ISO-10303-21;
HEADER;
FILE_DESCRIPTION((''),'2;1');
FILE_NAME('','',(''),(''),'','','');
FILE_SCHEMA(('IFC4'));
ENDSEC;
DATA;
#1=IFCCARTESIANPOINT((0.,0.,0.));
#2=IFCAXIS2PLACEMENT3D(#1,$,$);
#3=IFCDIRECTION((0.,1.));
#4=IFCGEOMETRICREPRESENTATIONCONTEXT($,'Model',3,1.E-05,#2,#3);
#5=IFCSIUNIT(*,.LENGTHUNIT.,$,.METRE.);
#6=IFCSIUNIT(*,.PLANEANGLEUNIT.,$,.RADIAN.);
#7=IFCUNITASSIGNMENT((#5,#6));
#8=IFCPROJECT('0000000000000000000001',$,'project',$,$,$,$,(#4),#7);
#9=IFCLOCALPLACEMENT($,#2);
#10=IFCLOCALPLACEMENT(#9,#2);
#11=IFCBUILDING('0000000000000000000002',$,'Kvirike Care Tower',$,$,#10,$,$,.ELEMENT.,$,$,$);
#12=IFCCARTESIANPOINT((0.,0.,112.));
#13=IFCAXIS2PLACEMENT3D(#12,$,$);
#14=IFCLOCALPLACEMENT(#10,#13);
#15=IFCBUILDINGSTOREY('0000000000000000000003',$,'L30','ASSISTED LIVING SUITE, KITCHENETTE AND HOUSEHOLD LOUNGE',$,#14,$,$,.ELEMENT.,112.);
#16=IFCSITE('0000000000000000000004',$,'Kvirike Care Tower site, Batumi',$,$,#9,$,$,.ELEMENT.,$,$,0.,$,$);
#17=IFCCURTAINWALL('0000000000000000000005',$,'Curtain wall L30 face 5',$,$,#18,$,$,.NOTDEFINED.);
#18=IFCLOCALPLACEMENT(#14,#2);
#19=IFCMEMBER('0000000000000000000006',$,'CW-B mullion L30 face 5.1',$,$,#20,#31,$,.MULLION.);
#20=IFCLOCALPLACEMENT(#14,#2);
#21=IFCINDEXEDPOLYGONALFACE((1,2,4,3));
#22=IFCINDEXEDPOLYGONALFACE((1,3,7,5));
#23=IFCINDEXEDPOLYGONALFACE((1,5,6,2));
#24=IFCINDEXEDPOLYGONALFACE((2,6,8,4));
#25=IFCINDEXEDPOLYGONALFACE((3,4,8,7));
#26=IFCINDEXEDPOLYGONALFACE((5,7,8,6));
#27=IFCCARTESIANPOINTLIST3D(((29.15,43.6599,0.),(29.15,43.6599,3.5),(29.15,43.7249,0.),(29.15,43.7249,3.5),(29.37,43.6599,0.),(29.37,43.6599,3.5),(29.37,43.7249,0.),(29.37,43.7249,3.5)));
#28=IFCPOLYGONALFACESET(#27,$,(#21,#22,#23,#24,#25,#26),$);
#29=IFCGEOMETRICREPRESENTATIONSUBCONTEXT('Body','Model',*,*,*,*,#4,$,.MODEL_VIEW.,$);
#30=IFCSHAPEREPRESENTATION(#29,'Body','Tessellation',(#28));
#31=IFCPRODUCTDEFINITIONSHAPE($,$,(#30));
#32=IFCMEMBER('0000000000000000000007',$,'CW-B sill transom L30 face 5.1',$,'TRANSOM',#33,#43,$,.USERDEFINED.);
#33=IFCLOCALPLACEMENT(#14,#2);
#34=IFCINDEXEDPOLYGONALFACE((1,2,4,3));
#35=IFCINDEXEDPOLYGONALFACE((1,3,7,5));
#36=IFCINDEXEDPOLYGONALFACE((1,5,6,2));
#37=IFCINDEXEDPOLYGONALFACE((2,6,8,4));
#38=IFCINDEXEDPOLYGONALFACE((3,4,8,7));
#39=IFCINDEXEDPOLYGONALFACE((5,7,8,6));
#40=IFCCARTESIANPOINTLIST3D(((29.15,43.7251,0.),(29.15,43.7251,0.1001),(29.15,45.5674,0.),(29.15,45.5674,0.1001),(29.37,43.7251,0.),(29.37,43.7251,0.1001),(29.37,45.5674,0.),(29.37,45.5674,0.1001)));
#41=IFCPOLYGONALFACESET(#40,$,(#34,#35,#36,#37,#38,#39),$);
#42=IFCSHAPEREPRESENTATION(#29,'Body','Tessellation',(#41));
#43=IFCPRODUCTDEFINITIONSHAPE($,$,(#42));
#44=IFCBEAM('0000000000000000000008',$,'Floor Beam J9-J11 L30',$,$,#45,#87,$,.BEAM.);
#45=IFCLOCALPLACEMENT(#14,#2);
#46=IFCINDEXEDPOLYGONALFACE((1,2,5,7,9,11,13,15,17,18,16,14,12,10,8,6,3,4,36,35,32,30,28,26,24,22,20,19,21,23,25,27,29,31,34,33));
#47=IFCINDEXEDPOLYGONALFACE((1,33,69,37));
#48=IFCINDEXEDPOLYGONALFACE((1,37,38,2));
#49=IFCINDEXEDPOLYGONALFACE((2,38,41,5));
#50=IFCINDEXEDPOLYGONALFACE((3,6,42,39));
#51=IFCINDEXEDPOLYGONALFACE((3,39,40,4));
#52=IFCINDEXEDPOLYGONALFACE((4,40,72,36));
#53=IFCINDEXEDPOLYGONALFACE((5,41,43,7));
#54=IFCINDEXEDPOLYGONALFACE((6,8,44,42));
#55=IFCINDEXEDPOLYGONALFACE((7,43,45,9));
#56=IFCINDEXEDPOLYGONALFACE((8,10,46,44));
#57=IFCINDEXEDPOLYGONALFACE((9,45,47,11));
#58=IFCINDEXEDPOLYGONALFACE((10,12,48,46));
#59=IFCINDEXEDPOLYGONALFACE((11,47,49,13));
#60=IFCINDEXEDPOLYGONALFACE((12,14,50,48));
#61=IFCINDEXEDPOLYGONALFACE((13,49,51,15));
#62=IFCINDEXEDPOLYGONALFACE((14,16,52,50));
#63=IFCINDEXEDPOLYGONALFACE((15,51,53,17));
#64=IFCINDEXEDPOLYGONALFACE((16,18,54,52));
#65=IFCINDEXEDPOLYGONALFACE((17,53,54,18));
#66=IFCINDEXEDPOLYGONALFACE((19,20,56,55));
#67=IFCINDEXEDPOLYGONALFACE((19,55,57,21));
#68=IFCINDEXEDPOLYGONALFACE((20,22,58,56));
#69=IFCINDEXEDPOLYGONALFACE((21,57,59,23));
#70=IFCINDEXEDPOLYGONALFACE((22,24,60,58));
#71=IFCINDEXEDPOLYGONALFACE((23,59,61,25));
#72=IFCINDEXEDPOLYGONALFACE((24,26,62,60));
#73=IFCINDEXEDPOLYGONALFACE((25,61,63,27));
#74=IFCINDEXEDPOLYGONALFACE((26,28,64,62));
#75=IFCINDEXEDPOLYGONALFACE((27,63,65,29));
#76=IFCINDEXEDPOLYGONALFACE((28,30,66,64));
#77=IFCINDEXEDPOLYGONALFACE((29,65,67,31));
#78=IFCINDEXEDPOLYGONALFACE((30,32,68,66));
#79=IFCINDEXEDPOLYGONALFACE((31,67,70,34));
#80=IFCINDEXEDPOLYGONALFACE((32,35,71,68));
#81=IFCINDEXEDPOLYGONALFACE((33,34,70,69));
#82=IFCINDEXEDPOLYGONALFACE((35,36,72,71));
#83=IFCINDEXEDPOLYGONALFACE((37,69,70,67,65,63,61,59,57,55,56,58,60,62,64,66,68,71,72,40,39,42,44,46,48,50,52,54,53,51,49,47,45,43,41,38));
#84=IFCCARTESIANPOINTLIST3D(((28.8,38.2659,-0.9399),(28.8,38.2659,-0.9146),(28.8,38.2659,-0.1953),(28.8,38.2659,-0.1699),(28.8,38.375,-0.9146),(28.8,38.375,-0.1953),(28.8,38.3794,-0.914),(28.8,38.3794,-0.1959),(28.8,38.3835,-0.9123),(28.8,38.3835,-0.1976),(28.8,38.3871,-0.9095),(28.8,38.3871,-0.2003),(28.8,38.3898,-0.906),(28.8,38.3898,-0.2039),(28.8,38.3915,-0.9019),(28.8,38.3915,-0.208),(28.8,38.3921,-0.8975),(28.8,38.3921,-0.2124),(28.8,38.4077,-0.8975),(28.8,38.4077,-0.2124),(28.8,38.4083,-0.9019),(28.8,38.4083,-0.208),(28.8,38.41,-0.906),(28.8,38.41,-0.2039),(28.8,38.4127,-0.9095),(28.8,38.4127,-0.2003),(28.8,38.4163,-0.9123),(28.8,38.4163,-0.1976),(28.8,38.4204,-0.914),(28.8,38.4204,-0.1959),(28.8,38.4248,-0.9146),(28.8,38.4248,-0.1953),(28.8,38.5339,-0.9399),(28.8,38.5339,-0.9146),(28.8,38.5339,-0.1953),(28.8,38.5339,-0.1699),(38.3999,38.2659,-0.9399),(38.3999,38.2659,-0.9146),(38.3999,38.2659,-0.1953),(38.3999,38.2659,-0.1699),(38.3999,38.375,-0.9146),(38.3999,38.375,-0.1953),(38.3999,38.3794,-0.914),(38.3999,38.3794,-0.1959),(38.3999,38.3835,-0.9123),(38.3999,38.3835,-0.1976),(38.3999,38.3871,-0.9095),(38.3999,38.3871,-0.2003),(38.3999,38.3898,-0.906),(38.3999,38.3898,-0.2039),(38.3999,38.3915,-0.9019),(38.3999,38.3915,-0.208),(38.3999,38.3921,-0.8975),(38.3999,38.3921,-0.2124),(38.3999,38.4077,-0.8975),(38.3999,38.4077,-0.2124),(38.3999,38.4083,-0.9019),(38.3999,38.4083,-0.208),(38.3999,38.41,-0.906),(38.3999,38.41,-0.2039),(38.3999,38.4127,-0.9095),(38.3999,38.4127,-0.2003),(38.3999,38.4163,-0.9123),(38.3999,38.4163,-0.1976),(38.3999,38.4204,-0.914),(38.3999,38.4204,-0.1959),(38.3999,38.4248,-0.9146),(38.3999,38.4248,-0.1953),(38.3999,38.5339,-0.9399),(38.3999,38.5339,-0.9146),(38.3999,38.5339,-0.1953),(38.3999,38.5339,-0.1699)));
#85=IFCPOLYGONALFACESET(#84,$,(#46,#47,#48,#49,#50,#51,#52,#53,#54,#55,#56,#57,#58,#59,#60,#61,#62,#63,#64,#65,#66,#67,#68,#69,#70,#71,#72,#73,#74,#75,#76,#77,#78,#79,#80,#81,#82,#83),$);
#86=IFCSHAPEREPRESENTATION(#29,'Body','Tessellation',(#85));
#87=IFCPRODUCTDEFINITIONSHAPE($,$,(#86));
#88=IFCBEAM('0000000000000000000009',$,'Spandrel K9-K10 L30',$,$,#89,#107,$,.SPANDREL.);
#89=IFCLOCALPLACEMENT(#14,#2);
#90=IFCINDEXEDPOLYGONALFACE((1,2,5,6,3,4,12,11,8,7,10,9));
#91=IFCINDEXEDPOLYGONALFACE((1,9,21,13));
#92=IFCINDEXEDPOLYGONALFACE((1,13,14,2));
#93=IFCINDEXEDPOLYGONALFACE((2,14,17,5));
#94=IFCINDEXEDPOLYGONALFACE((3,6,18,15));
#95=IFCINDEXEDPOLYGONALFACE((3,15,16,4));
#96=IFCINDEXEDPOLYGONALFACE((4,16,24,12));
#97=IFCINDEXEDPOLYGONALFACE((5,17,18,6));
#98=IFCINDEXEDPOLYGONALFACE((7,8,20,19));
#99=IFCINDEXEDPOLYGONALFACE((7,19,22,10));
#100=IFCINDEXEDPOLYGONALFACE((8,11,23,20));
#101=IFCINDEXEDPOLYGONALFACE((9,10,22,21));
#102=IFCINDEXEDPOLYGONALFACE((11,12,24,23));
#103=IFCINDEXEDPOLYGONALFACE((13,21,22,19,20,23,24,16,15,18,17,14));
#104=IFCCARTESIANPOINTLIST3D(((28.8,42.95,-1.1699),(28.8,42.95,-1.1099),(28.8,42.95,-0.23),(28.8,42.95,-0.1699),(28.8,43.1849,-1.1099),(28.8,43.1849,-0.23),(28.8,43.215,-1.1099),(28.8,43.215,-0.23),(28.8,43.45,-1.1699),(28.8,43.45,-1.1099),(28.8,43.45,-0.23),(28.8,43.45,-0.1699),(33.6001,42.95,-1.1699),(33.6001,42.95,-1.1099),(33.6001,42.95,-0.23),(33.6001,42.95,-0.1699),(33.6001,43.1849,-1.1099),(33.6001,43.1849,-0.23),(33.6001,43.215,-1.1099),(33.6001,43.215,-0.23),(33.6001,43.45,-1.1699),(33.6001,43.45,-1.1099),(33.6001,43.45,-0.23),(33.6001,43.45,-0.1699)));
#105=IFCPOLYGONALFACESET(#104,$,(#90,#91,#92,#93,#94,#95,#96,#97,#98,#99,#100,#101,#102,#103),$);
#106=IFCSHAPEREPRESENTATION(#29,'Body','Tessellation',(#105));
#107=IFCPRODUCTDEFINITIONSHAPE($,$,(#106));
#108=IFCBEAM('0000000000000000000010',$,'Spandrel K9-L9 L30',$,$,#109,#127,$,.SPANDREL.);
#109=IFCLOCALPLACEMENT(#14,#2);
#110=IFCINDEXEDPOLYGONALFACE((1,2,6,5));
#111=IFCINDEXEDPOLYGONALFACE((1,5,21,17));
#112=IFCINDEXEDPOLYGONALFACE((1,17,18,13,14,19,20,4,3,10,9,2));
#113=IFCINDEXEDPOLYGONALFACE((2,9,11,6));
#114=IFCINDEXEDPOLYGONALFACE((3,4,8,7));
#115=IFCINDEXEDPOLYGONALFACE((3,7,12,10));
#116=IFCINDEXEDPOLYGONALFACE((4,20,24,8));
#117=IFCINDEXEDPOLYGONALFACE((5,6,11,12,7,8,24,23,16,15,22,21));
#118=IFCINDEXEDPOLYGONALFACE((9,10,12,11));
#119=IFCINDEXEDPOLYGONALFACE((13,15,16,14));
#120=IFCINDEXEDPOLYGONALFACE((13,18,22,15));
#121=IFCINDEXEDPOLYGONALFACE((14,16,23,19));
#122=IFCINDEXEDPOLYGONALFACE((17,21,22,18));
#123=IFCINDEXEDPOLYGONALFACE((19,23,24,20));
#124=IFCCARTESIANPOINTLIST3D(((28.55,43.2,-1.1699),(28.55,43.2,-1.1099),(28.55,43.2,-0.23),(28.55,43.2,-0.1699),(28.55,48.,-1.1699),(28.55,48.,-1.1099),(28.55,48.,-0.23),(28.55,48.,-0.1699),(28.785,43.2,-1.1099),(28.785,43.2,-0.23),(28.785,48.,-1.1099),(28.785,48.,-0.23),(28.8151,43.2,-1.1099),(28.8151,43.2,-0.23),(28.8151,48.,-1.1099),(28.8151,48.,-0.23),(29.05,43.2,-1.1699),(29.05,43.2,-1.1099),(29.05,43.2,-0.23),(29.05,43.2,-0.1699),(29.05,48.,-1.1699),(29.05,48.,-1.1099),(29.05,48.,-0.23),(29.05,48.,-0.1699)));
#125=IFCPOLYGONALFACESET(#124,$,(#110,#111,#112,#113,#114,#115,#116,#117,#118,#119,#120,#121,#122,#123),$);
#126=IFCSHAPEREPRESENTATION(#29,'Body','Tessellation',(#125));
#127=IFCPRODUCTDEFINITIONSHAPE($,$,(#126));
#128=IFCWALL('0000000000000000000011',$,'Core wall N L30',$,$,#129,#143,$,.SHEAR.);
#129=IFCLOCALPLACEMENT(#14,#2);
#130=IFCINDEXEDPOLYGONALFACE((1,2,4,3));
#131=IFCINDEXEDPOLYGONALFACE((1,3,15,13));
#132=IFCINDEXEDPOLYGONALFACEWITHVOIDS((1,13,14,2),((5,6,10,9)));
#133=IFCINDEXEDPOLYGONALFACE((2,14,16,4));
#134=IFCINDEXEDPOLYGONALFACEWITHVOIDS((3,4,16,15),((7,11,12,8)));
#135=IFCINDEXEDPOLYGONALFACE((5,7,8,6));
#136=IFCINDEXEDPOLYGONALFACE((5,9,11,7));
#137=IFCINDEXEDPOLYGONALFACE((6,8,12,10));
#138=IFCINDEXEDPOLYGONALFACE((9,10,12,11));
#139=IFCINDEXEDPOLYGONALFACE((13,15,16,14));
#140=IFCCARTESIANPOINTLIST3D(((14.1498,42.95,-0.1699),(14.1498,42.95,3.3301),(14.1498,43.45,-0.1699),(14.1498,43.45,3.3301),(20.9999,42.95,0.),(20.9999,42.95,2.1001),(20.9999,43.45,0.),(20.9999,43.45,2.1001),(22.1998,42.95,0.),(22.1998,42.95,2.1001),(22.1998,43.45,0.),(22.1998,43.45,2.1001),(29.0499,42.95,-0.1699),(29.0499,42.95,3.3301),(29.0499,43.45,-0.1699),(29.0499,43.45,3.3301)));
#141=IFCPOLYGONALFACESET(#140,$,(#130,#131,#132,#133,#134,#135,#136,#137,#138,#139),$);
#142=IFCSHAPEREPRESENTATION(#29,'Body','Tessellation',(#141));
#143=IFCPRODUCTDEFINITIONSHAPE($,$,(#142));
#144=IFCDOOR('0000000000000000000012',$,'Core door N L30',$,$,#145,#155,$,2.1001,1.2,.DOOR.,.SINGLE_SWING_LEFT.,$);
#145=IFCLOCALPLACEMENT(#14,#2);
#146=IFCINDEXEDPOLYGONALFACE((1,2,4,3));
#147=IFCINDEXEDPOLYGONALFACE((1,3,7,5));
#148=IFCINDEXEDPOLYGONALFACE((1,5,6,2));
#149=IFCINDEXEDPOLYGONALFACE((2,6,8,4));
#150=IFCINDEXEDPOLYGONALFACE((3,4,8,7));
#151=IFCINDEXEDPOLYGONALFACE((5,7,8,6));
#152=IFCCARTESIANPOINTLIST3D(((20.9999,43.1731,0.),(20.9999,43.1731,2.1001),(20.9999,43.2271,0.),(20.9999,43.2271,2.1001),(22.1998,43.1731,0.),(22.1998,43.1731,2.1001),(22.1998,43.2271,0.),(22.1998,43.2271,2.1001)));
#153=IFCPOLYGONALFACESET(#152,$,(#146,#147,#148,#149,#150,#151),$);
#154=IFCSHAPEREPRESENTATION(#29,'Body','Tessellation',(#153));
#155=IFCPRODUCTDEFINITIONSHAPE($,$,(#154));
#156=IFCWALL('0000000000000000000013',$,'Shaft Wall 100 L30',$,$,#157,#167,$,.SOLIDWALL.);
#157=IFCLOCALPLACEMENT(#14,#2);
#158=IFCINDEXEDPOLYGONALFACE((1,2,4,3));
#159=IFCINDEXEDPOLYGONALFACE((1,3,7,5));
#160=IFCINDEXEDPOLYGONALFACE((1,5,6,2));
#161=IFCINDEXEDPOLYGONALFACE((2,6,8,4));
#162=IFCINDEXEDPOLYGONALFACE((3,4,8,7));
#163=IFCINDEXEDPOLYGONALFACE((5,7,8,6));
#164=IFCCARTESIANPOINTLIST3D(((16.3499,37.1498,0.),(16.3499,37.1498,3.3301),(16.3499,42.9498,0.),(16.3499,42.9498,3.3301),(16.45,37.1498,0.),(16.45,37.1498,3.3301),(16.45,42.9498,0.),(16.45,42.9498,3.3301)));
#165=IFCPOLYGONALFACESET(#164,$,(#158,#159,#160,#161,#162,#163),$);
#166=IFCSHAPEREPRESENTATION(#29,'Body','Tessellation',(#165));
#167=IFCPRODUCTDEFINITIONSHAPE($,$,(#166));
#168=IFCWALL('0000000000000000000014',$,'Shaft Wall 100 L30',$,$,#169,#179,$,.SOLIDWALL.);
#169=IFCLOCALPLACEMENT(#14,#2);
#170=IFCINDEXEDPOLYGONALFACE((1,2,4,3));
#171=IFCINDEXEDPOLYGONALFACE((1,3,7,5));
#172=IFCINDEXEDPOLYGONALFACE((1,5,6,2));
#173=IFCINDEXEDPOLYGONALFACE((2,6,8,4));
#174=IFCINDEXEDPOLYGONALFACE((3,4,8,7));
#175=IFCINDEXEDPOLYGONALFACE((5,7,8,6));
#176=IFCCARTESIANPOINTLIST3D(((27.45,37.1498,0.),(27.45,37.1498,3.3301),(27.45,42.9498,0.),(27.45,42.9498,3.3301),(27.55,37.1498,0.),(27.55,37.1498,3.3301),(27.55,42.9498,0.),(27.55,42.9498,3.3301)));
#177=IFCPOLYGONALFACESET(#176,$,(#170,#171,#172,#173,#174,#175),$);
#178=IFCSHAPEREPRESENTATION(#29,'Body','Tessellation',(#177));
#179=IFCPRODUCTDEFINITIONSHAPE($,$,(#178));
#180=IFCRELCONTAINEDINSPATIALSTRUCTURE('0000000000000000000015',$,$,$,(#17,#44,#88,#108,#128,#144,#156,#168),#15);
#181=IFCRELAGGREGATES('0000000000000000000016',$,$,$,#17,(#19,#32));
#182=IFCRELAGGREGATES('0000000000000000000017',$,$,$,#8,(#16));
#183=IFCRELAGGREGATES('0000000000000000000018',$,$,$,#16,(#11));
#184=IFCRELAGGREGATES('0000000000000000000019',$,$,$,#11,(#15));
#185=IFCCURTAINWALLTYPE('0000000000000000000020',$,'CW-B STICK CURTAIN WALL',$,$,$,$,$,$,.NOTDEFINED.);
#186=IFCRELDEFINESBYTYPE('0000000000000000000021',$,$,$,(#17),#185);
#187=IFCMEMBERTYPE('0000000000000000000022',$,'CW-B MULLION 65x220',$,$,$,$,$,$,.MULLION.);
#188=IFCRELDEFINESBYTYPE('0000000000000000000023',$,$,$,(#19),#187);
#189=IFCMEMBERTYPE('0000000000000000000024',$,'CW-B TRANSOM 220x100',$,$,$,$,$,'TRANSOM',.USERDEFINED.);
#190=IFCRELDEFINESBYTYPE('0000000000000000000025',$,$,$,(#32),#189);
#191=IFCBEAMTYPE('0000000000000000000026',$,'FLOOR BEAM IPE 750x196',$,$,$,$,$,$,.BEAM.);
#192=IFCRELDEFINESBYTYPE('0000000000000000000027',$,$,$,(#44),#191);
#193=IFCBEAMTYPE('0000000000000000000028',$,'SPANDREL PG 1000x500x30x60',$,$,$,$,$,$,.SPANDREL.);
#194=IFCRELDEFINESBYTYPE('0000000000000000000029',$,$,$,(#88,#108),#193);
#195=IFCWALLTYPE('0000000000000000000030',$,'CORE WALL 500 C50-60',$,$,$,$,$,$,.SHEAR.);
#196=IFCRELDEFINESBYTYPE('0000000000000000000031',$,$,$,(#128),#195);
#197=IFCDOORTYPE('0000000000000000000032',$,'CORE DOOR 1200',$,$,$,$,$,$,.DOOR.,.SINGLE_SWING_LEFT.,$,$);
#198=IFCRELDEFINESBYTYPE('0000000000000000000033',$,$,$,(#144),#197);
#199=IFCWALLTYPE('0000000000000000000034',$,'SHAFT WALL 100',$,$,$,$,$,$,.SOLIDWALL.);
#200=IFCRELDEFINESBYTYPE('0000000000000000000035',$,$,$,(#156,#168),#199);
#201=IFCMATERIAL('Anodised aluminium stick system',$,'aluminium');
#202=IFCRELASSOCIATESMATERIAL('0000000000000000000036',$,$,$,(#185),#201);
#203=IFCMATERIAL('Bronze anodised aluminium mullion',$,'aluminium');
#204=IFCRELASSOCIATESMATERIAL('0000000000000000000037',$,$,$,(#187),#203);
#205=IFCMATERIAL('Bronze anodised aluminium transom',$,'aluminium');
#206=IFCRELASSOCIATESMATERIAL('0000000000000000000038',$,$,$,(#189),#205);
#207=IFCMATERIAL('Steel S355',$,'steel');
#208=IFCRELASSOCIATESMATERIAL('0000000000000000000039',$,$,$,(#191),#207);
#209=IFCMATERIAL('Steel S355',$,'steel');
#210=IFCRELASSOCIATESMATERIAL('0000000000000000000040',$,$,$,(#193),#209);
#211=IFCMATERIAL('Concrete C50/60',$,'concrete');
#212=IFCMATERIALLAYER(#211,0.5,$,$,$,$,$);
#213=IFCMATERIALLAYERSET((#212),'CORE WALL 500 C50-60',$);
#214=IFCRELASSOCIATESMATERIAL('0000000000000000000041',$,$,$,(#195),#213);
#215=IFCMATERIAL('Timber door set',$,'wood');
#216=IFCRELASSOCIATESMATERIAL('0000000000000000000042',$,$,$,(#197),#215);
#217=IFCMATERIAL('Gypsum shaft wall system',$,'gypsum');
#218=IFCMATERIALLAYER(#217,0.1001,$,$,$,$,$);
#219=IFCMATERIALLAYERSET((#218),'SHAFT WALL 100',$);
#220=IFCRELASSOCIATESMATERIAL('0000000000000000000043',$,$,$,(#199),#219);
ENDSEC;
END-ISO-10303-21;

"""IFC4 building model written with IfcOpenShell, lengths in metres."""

from ifc_helpers import new_model, si_unit, direction, frame, frame_2d, origin, origin_2d, place, context, subcontext, project, spatial, rectangle, i_section, extrude, material, layer, layer_set, material_profile, profile_set, type_object, element, fill, aggregate, save


model = new_model("IFC4")

# Units and contexts
model_context = context("Model", 3, precision=1e-05, world=origin(), true_north=direction((0.0, 1.0)))
body_context = subcontext(model_context, "Body", "Model", "MODEL_VIEW")
ifc_project = project(units=[si_unit("LENGTHUNIT", "METRE"), si_unit("PLANEANGLEUNIT", "RADIAN")], contexts=[model_context])

# Site, building, storey
site_placement = place(None, origin())
site = spatial("IfcSite", under=ifc_project, at=site_placement, Name="Kvirike Care Tower site, Batumi", CompositionType="ELEMENT", RefElevation=0.0)
building_placement = place(site_placement, origin())
building = spatial("IfcBuilding", under=site, at=building_placement, Name="Kvirike Care Tower", CompositionType="ELEMENT")
storey_placement = place(building_placement, frame((0.0, 0.0, 112.0)))
storey = spatial("IfcBuildingStorey", under=building, at=storey_placement, Name="L30", Description="ASSISTED LIVING SUITE, KITCHENETTE AND HOUSEHOLD LOUNGE", CompositionType="ELEMENT", Elevation=112.0)

# Curtain wall, members
ifc_material_1 = material(Name="Anodised aluminium stick system", Category="aluminium")
curtain_wall_type = type_object("IfcCurtainWallType", Name="CW-B STICK CURTAIN WALL", PredefinedType="NOTDEFINED", material=ifc_material_1)
curtain_wall_placement = place(storey_placement, origin())
curtain_wall = element("IfcCurtainWall", 1, at=curtain_wall_placement, inside=storey, type_object=curtain_wall_type, Name="Curtain wall L30 face 5", PredefinedType="NOTDEFINED")
ifc_material_2 = material(Name="Bronze anodised aluminium mullion", Category="aluminium")
ifc_material_profile_1 = material_profile(ifc_material_2, rectangle(XDim=0.0649, YDim=0.22, at=origin_2d()), Name="CW-B MULLION 65x220")
ifc_profile_set_1 = profile_set([ifc_material_profile_1], Name="Bronze anodised aluminium mullion")
member_type_1 = type_object("IfcMemberType", Name="CW-B MULLION 65x220", PredefinedType="MULLION", material=ifc_profile_set_1)
member_1_placement = place(storey_placement, frame((29.26, 43.6924, 0.0), z_axis=(0.0, 0.0, 1.0), x_axis=(0.0, 1.0, 0.0)))
member_1 = element("IfcMember", 2, at=member_1_placement, type_object=member_type_1, Name="CW-B mullion L30 face 5.1", PredefinedType="MULLION", context=body_context, shape_type="SweptSolid", body=[
    extrude(rectangle(XDim=0.0649, YDim=0.22, at=origin_2d()), origin(), (0.0, 0.0, 1.0), 3.5),
])
ifc_material_3 = material(Name="Bronze anodised aluminium transom", Category="aluminium")
ifc_material_profile_2 = material_profile(ifc_material_3, rectangle(XDim=0.22, YDim=0.1001, at=origin_2d()), Name="CW-B TRANSOM 220x100")
ifc_profile_set_2 = profile_set([ifc_material_profile_2], Name="Bronze anodised aluminium transom")
member_type_2 = type_object("IfcMemberType", Name="CW-B TRANSOM 220x100", ElementType="TRANSOM", PredefinedType="USERDEFINED", material=ifc_profile_set_2)
member_2_placement = place(storey_placement, frame((29.26, 43.7251, 0.05), z_axis=(0.0, 1.0, 0.0), x_axis=(-1.0, 0.0, 0.0)))
member_2 = element("IfcMember", 3, at=member_2_placement, type_object=member_type_2, Name="CW-B sill transom L30 face 5.1", ObjectType="TRANSOM", PredefinedType="USERDEFINED", context=body_context, shape_type="SweptSolid", body=[
    extrude(rectangle(XDim=0.22, YDim=0.1001, at=origin_2d()), origin(), (0.0, 0.0, 1.0), 1.8423),
])
aggregate(curtain_wall, [member_1, member_2])

# Beams
ifc_material_4 = material(Name="Steel S355", Category="steel")
ifc_material_profile_3 = material_profile(ifc_material_4, i_section(OverallWidth=0.2681, OverallDepth=0.77, WebThickness=0.0156, FlangeThickness=0.0254, FilletRadius=0.0171, at=origin_2d()), Name="IPE 750x196")
ifc_profile_set_3 = profile_set([ifc_material_profile_3], Name="Steel S355")
beam_type_1 = type_object("IfcBeamType", Name="FLOOR BEAM IPE 750x196", PredefinedType="BEAM", material=ifc_profile_set_3)
beam_placement = place(storey_placement, frame((28.8, 38.3999, -0.5549), z_axis=(1.0, 0.0, 0.0), x_axis=(0.0, 1.0, 0.0)))
element("IfcBeam", 4, at=beam_placement, inside=storey, type_object=beam_type_1, Name="Floor Beam J9-J11 L30", PredefinedType="BEAM", context=body_context, shape_type="SweptSolid", body=[
    extrude(i_section(OverallWidth=0.2681, OverallDepth=0.77, WebThickness=0.0156, FlangeThickness=0.0254, FilletRadius=0.0171, at=origin_2d()), origin(), (0.0, 0.0, 1.0), 9.5999),
])
ifc_material_5 = material(Name="Steel S355", Category="steel")
ifc_material_profile_4 = material_profile(ifc_material_5, i_section(OverallWidth=0.5, OverallDepth=1.0, WebThickness=0.03, FlangeThickness=0.0601, at=origin_2d()), Name="PG 1000x500x30x60")
ifc_profile_set_4 = profile_set([ifc_material_profile_4], Name="Steel S355")
beam_type_2 = type_object("IfcBeamType", Name="SPANDREL PG 1000x500x30x60", PredefinedType="SPANDREL", material=ifc_profile_set_4)
for number, where, z_axis, x_axis, name in (
    (5, (28.8, 43.2, -0.6699), (1.0, 0.0, 0.0), (0.0, 1.0, 0.0), "Spandrel K9-K10 L30"),
    (6, (28.8, 43.2, -0.6699), (0.0, 1.0, 0.0), (-1.0, 0.0, 0.0), "Spandrel K9-L9 L30"),
):
    element("IfcBeam", number, at=place(storey_placement, frame(where, z_axis=z_axis, x_axis=x_axis)), inside=storey, type_object=beam_type_2, Name=name, PredefinedType="SPANDREL", context=body_context, shape_type="SweptSolid", body=[
        extrude(i_section(OverallWidth=0.5, OverallDepth=1.0, WebThickness=0.03, FlangeThickness=0.0601, at=origin_2d()), origin(), (0.0, 0.0, 1.0), 4.8),
    ])

# Wall, opening, door
ifc_material_6 = material(Name="Concrete C50/60", Category="concrete")
ifc_layer_1 = layer(ifc_material_6, 0.5)
ifc_layer_set_1 = layer_set([ifc_layer_1], Name="CORE WALL 500 C50-60")
wall_type_1 = type_object("IfcWallType", Name="CORE WALL 500 C50-60", PredefinedType="SHEAR", material=ifc_layer_set_1)
wall_1_placement = place(storey_placement, frame((29.05, 43.2, -0.1699), z_axis=(0.0, 0.0, 1.0), x_axis=(-1.0, 0.0, 0.0)))
wall_1 = element("IfcWall", 7, at=wall_1_placement, inside=storey, type_object=wall_type_1, Name="Core wall N L30", PredefinedType="SHEAR", context=body_context, shape_type="SweptSolid", body=[
    extrude(rectangle(XDim=14.9001, YDim=0.5, at=frame_2d((7.4502, 0.0))), origin(), (0.0, 0.0, 1.0), 3.5),
])
opening_1_placement = place(wall_1_placement, frame((6.8501, 0.0, 0.1699)))
opening_1 = element("IfcOpeningElement", 8, at=opening_1_placement, cuts=wall_1, PredefinedType="OPENING", context=body_context, shape_type="SweptSolid", body=[
    extrude(rectangle(XDim=1.2, YDim=2.1001, at=frame_2d((0.6001, 1.05))), frame((0.0, 0.2605, 0.0), z_axis=(0.0, -1.0, 0.0), x_axis=(1.0, 0.0, 0.0)), (0.0, 0.0, 1.0), 0.521),
])
ifc_material_7 = material(Name="Timber door set", Category="wood")
door_type_1 = type_object("IfcDoorType", Name="CORE DOOR 1200", OperationType="SINGLE_SWING_LEFT", PredefinedType="DOOR", material=ifc_material_7)
door_1_placement = place(opening_1_placement, origin())
door_1 = element("IfcDoor", 9, at=door_1_placement, inside=storey, type_object=door_type_1, Name="Core door N L30", OperationType="SINGLE_SWING_LEFT", OverallHeight=2.1001, OverallWidth=1.2, PredefinedType="DOOR", context=body_context, shape_type="SweptSolid", body=[
    extrude(rectangle(XDim=1.2, YDim=2.1001, at=frame_2d((0.6001, 1.05))), frame((0.0, 0.0269, 0.0), z_axis=(0.0, -1.0, 0.0), x_axis=(1.0, 0.0, 0.0)), (0.0, 0.0, 1.0), 0.054),
])
fill(opening_1, door_1)

# Walls
ifc_material_8 = material(Name="Gypsum shaft wall system", Category="gypsum")
ifc_layer_2 = layer(ifc_material_8, 0.1001)
ifc_layer_set_2 = layer_set([ifc_layer_2], Name="SHAFT WALL 100")
wall_type_2 = type_object("IfcWallType", Name="SHAFT WALL 100", PredefinedType="SOLIDWALL", material=ifc_layer_set_2)
for number, where, z_axis, x_axis, name in (
    (10, (16.3999, 37.1499, 0.0), (0.0, 0.0, 1.0), (0.0, 1.0, 0.0), "Shaft Wall 100 L30"),
    (11, (27.5, 37.1499, 0.0), (0.0, 0.0, 1.0), (0.0, 1.0, 0.0), "Shaft Wall 100 L30"),
):
    element("IfcWall", number, at=place(storey_placement, frame(where, z_axis=z_axis, x_axis=x_axis)), inside=storey, type_object=wall_type_2, Name=name, PredefinedType="SOLIDWALL", context=body_context, shape_type="SweptSolid", body=[
        extrude(rectangle(XDim=5.8, YDim=0.1001, at=frame_2d((2.8999, 0.0))), origin(), (0.0, 0.0, 1.0), 3.3301),
    ])

save(model, "model.ifc")
